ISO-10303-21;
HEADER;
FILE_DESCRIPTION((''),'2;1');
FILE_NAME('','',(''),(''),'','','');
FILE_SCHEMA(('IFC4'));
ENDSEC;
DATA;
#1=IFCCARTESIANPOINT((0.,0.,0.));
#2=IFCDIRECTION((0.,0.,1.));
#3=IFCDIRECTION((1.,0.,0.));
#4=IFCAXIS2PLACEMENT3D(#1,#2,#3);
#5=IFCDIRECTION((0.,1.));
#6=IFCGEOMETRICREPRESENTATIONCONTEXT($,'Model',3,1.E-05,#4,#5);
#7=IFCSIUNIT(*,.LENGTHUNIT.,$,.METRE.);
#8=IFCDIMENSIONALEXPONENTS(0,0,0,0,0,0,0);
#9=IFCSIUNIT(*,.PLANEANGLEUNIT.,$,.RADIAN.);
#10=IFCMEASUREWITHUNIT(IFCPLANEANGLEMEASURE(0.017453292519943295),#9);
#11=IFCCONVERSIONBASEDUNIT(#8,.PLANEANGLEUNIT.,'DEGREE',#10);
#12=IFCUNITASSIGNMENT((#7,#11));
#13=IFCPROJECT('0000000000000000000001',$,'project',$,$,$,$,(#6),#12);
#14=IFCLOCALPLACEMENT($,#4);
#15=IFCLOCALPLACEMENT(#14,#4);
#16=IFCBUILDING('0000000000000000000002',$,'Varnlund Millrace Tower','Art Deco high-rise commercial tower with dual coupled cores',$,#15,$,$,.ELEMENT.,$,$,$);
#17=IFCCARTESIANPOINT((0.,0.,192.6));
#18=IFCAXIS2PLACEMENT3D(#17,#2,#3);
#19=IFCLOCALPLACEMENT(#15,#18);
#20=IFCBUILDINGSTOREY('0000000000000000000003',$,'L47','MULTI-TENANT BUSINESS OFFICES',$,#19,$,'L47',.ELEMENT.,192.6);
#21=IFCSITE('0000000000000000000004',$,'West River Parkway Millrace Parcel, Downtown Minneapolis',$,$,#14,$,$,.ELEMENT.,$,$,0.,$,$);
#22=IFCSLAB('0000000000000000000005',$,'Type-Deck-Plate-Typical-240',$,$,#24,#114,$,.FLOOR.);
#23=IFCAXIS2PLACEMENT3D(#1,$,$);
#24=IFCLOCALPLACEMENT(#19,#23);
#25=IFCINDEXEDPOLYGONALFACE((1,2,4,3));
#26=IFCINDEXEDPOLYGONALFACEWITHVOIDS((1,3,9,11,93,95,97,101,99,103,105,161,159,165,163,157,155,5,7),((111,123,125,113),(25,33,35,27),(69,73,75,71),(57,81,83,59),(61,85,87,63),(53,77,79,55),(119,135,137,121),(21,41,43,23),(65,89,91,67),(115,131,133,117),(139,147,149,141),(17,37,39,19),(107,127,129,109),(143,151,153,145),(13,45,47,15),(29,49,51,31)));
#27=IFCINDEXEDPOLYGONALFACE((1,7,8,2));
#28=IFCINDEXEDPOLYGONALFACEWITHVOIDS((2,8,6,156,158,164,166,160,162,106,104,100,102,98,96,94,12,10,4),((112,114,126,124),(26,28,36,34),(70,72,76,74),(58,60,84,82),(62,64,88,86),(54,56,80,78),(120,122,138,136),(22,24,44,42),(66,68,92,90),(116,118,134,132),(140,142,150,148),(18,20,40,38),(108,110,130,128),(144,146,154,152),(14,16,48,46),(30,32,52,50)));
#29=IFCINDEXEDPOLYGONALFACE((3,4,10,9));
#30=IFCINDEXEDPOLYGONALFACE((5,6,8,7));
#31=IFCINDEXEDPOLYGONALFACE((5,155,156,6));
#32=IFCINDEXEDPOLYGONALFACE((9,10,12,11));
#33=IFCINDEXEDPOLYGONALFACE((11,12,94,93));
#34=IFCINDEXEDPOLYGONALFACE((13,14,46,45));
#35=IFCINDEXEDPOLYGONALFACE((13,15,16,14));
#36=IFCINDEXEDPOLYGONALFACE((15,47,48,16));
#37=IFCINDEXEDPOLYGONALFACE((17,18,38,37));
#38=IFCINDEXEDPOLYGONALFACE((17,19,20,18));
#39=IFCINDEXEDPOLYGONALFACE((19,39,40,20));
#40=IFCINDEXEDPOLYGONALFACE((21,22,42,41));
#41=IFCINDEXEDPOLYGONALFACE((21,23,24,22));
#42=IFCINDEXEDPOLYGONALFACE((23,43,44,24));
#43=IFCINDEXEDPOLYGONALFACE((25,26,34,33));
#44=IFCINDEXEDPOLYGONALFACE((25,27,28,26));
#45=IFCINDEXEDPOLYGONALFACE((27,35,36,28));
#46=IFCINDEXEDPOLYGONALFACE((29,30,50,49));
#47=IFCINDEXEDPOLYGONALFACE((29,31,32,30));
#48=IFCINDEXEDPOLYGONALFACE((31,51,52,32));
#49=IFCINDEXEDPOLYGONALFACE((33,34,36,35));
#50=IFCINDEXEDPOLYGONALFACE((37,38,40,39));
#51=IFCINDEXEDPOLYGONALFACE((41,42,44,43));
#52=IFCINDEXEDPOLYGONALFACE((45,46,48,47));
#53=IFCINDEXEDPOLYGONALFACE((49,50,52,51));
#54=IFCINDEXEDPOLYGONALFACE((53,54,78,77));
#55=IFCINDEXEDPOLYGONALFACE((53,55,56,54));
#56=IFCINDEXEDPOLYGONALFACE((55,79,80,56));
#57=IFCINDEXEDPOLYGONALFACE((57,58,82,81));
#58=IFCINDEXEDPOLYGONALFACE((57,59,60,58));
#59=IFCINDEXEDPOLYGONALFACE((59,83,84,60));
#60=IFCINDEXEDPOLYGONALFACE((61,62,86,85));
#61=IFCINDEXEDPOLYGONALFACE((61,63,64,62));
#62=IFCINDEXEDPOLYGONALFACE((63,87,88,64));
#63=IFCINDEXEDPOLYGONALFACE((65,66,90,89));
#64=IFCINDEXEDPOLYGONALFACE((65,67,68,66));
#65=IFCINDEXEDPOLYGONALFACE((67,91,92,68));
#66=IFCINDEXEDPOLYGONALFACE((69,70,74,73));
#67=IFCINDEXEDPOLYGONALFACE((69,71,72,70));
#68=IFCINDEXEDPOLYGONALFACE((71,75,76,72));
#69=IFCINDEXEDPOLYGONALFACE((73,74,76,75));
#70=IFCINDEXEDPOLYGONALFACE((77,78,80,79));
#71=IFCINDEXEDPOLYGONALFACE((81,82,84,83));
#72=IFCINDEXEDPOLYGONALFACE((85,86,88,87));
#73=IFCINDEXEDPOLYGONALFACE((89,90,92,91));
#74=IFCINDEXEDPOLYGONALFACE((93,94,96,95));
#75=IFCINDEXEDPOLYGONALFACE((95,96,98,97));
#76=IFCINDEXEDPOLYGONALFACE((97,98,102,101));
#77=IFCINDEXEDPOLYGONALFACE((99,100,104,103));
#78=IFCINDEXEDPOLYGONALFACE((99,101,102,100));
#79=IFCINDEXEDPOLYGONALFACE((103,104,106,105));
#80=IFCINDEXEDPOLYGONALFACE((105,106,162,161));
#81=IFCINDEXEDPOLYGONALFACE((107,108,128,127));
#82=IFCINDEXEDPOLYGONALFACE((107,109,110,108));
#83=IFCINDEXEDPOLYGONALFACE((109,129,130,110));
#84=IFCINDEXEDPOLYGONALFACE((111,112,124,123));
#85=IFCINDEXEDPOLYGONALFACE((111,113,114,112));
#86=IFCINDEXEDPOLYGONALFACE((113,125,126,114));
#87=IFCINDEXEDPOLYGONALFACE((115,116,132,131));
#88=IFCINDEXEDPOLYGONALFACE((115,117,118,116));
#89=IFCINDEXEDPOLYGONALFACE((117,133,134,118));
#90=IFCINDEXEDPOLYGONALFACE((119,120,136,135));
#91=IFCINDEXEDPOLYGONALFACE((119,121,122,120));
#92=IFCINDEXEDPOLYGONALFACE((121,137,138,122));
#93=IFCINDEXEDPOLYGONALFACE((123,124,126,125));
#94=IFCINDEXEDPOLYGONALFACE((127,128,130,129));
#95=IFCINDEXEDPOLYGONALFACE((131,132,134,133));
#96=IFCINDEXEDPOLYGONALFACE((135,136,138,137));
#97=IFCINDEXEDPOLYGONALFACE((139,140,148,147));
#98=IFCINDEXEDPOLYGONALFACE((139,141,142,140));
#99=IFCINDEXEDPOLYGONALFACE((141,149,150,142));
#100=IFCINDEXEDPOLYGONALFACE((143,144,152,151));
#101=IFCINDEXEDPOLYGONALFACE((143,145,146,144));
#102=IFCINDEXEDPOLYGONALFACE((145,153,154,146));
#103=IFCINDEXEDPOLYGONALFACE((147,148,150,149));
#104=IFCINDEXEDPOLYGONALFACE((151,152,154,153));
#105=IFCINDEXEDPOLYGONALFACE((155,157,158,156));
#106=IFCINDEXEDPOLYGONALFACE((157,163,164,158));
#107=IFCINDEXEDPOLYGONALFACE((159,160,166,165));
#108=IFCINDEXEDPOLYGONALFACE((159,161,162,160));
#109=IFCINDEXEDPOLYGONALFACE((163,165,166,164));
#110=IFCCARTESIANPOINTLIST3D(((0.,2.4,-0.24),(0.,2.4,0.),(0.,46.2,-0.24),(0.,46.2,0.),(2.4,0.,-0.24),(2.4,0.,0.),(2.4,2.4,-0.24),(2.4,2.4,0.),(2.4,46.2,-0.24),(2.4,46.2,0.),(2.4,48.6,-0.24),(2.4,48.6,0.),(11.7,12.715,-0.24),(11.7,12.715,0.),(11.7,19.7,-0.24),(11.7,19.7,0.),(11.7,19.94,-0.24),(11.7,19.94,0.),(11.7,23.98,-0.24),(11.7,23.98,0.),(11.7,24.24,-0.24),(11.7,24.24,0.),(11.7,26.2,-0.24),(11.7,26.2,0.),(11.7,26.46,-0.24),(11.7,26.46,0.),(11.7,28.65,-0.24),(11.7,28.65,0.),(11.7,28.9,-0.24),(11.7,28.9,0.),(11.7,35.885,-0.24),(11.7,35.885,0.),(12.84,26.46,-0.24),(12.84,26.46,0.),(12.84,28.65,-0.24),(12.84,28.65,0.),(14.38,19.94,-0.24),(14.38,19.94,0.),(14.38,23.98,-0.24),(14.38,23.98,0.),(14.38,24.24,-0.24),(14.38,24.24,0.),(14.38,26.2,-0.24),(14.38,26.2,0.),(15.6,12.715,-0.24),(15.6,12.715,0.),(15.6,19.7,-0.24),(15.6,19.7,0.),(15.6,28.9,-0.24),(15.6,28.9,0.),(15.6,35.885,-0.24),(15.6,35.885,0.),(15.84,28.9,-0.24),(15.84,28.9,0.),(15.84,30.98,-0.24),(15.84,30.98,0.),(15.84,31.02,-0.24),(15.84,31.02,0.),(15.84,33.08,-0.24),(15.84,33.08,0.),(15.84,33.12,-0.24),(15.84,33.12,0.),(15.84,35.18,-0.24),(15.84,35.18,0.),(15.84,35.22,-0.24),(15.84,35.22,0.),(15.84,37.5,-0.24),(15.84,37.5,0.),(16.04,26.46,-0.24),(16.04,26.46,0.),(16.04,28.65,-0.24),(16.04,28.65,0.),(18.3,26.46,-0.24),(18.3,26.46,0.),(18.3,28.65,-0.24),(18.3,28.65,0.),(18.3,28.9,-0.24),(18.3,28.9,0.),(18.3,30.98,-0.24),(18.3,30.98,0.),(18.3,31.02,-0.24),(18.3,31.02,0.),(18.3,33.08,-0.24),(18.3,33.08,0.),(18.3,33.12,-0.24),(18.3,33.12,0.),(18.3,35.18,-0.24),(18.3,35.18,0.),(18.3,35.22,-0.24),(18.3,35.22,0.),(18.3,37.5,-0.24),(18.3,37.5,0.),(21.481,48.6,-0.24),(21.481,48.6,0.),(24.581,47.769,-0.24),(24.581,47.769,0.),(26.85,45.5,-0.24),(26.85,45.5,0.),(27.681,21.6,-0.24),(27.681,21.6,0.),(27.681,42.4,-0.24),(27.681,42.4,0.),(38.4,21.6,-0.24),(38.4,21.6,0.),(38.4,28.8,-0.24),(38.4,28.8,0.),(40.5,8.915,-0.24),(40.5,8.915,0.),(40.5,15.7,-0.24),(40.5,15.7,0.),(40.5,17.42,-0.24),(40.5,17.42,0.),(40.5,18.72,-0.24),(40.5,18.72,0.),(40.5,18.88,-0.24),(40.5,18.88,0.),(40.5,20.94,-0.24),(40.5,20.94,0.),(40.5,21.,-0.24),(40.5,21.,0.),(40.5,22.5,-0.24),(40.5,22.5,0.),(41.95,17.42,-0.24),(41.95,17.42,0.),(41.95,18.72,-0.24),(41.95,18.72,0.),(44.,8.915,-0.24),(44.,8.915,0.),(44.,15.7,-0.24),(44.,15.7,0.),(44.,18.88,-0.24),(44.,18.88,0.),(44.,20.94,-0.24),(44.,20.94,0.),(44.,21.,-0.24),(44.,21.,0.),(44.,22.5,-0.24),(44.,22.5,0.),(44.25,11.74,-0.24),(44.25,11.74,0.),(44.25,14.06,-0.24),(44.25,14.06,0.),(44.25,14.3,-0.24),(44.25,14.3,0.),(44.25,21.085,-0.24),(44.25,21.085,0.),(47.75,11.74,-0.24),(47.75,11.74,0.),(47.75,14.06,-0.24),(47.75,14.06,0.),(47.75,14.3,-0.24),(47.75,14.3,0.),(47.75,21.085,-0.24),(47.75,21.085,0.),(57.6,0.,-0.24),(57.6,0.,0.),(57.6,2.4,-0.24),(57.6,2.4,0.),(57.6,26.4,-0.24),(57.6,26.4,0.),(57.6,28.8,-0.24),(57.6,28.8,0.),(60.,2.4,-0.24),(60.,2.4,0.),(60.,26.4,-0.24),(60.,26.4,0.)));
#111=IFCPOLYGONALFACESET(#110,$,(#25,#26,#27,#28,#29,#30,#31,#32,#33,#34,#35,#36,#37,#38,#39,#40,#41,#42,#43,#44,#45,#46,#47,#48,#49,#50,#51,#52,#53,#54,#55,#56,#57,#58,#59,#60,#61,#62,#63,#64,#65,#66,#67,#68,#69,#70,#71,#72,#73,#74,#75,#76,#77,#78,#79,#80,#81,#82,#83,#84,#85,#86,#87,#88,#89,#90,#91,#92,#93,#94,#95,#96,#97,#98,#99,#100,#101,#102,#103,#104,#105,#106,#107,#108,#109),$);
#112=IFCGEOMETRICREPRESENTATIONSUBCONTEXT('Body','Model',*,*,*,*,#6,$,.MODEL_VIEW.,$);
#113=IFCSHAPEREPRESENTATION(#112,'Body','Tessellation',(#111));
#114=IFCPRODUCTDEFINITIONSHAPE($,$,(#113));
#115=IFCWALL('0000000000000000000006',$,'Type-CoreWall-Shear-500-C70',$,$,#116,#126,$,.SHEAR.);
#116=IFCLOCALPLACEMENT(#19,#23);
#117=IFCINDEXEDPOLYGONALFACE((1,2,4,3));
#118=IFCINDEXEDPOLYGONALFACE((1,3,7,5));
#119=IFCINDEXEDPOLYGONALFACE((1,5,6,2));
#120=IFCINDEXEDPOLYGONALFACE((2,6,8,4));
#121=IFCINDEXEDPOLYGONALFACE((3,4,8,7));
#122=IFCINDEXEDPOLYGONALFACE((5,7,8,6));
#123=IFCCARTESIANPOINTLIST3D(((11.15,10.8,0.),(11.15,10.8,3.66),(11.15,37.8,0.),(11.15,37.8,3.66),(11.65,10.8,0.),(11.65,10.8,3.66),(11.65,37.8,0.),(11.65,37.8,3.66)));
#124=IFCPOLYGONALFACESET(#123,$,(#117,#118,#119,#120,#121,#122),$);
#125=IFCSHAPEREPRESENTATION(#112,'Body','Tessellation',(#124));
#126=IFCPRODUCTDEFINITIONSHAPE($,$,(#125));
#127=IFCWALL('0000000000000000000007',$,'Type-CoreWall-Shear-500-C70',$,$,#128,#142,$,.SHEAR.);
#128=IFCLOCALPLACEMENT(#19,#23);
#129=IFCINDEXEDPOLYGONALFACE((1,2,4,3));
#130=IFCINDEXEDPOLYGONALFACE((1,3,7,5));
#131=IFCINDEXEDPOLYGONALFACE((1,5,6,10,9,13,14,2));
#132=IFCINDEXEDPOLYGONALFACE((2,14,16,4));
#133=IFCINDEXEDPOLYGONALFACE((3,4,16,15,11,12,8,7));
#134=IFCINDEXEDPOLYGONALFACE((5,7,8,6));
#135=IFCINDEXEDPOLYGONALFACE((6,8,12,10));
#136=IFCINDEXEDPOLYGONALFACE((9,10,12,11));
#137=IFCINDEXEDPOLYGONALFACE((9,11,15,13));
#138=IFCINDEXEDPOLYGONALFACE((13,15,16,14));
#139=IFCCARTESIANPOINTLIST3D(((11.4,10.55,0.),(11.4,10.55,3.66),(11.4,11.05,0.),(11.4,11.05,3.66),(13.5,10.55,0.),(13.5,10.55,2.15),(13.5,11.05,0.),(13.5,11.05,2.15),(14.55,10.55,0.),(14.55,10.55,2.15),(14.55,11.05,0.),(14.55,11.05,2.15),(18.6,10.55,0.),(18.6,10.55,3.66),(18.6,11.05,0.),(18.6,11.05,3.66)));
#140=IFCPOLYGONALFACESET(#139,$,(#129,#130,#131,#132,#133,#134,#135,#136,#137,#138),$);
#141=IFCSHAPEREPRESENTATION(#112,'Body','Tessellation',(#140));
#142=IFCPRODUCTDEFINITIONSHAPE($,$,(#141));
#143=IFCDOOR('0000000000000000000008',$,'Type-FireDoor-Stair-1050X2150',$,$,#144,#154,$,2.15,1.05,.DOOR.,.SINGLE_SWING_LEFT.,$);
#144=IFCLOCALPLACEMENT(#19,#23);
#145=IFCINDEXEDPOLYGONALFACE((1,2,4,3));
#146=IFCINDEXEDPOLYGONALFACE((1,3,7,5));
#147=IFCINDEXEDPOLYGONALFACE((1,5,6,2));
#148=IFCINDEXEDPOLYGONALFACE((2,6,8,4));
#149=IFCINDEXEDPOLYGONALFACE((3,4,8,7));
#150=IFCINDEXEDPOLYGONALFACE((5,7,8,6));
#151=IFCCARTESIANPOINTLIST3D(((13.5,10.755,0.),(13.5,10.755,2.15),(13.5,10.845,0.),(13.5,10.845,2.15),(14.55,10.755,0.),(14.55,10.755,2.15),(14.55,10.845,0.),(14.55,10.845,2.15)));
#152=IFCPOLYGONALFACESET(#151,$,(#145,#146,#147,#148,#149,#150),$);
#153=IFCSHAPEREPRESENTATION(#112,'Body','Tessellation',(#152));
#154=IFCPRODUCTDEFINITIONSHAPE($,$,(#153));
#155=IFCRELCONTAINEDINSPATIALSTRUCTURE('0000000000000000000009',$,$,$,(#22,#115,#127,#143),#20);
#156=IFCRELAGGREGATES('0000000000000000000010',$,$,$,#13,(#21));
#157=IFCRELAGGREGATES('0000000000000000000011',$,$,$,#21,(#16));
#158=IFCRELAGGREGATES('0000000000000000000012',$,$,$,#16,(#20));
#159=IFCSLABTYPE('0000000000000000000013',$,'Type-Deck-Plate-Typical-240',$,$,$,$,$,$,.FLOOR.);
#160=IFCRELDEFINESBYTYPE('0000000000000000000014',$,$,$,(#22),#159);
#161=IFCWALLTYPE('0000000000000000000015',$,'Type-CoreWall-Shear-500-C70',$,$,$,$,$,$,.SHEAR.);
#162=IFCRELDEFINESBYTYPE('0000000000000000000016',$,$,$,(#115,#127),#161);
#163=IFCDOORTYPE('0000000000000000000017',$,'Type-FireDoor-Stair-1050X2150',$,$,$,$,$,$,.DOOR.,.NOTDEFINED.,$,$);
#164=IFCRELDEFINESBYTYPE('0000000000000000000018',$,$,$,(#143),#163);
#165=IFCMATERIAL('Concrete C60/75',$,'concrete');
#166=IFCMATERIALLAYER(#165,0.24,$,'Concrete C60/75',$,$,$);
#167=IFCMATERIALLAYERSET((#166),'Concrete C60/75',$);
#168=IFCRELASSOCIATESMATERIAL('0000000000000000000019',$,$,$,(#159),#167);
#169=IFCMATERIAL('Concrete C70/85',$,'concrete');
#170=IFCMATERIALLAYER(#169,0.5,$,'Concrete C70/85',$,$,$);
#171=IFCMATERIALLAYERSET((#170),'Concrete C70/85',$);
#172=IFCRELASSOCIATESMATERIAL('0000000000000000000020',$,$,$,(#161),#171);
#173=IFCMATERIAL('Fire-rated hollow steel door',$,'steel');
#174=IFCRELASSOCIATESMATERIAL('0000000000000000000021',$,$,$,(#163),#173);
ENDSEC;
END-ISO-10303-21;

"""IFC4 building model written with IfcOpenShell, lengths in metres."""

from ifc_helpers import new_model, entity, si_unit, converted_unit, direction, frame, origin_with_axes, origin_2d_with_axis, place, context, subcontext, project, spatial, polyline, rectangle, outline, extrude, material, layer, layer_set, type_object, element, fill, save


model = new_model("IFC4")

# Units and contexts
model_context = context("Model", 3, precision=1e-05, world=origin_with_axes(), true_north=direction((0.0, 1.0)))
body_context = subcontext(model_context, "Body", "Model", "MODEL_VIEW")
ifc_project = project(units=[si_unit("LENGTHUNIT", "METRE"), converted_unit("PLANEANGLEUNIT", "DEGREE", entity("IfcPlaneAngleMeasure", 0.017453292519943295), si_unit("PLANEANGLEUNIT", "RADIAN"), dimensions=[0, 0, 0, 0, 0, 0, 0])], contexts=[model_context])

# Site, building, storey
site_placement = place(None, origin_with_axes())
site = spatial("IfcSite", under=ifc_project, at=site_placement, Name="West River Parkway Millrace Parcel, Downtown Minneapolis", CompositionType="ELEMENT", RefElevation=0.0)
building_placement = place(site_placement, origin_with_axes())
building = spatial("IfcBuilding", under=site, at=building_placement, Name="Varnlund Millrace Tower", Description="Art Deco high-rise commercial tower with dual coupled cores", CompositionType="ELEMENT")
storey_placement = place(building_placement, frame((0.0, 0.0, 192.6), z_axis=(0.0, 0.0, 1.0), x_axis=(1.0, 0.0, 0.0)))
storey = spatial("IfcBuildingStorey", under=building, at=storey_placement, Name="L47", Description="MULTI-TENANT BUSINESS OFFICES", LongName="L47", CompositionType="ELEMENT", Elevation=192.6)

# Slab
ifc_material_1 = material(Name="Concrete C60/75", Category="concrete")
ifc_layer_1 = layer(ifc_material_1, 0.24, Name="Concrete C60/75")
ifc_layer_set_1 = layer_set([ifc_layer_1], Name="Concrete C60/75")
slab_type = type_object("IfcSlabType", Name="Type-Deck-Plate-Typical-240", PredefinedType="FLOOR", material=ifc_layer_set_1)
slab_placement = place(storey_placement, frame((0.0, 0.0, -0.24), z_axis=(0.0, 0.0, 1.0), x_axis=(1.0, 0.0, 0.0)))
element("IfcSlab", 1, at=slab_placement, inside=storey, type_object=slab_type, Name="Type-Deck-Plate-Typical-240", PredefinedType="FLOOR", context=body_context, shape_type="SweptSolid", body=[
    extrude(outline(polyline([(27.681, 21.6), (27.681, 42.4), (26.85, 45.5), (24.581, 47.769), (21.481, 48.6), (2.4, 48.6), (2.4, 46.2), (0.0, 46.2), (0.0, 2.4), (2.4, 2.4), (2.4, 0.0), (57.6, 0.0), (57.6, 2.4), (60.0, 2.4), (60.0, 26.4), (57.6, 26.4), (57.6, 28.8), (38.4, 28.8), (38.4, 21.6), (27.681, 21.6)]), holes=[polyline([(15.6, 12.715), (11.7, 12.715), (11.7, 19.7), (15.6, 19.7), (15.6, 12.715)]), polyline([(14.38, 23.98), (14.38, 19.94), (11.7, 19.94), (11.7, 23.98), (14.38, 23.98)]), polyline([(14.38, 24.24), (11.7, 24.24), (11.7, 26.2), (14.38, 26.2), (14.38, 24.24)]), polyline([(12.84, 26.46), (11.7, 26.46), (11.7, 28.65), (12.84, 28.65), (12.84, 26.46)]), polyline([(18.3, 28.9), (15.84, 28.9), (15.84, 30.98), (18.3, 30.98), (18.3, 28.9)]), polyline([(18.3, 31.02), (15.84, 31.02), (15.84, 33.08), (18.3, 33.08), (18.3, 31.02)]), polyline([(15.6, 28.9), (11.7, 28.9), (11.7, 35.885), (15.6, 35.885), (15.6, 28.9)]), polyline([(18.3, 33.12), (15.84, 33.12), (15.84, 35.18), (18.3, 35.18), (18.3, 33.12)]), polyline([(44.0, 8.915), (40.5, 8.915), (40.5, 15.7), (44.0, 15.7), (44.0, 8.915)]), polyline([(47.75, 11.74), (44.25, 11.74), (44.25, 14.06), (47.75, 14.06), (47.75, 11.74)]), polyline([(47.75, 14.3), (44.25, 14.3), (44.25, 21.085), (47.75, 21.085), (47.75, 14.3)]), polyline([(41.95, 17.42), (40.5, 17.42), (40.5, 18.72), (41.95, 18.72), (41.95, 17.42)]), polyline([(44.0, 18.88), (40.5, 18.88), (40.5, 20.94), (44.0, 20.94), (44.0, 18.88)]), polyline([(44.0, 21.0), (40.5, 21.0), (40.5, 22.5), (44.0, 22.5), (44.0, 21.0)]), polyline([(16.04, 26.46), (16.04, 28.65), (18.3, 28.65), (18.3, 26.46), (16.04, 26.46)]), polyline([(15.84, 35.22), (15.84, 37.5), (18.3, 37.5), (18.3, 35.22), (15.84, 35.22)])]), origin_with_axes(), (0.0, 0.0, 1.0), 0.24),
])

# Wall
ifc_material_2 = material(Name="Concrete C70/85", Category="concrete")
ifc_layer_2 = layer(ifc_material_2, 0.5, Name="Concrete C70/85")
ifc_layer_set_2 = layer_set([ifc_layer_2], Name="Concrete C70/85")
wall_type_1 = type_object("IfcWallType", Name="Type-CoreWall-Shear-500-C70", PredefinedType="SHEAR", material=ifc_layer_set_2)
wall_1_placement = place(storey_placement, frame((11.4, 10.8, 0.0), z_axis=(0.0, 0.0, 1.0), x_axis=(0.0, 1.0, 0.0)))
element("IfcWall", 2, at=wall_1_placement, inside=storey, type_object=wall_type_1, Name="Type-CoreWall-Shear-500-C70", PredefinedType="SHEAR", context=body_context, shape_type="SweptSolid", body=[
    extrude(outline(polyline([(0.0, -0.25), (27.0, -0.25), (27.0, 0.25), (0.0, 0.25), (0.0, -0.25)])), origin_with_axes(), (0.0, 0.0, 1.0), 3.66),
])

# Wall, opening, door
wall_2_placement = place(storey_placement, frame((11.4, 10.8, 0.0), z_axis=(0.0, 0.0, 1.0), x_axis=(1.0, 0.0, 0.0)))
wall_2 = element("IfcWall", 3, at=wall_2_placement, inside=storey, type_object=wall_type_1, Name="Type-CoreWall-Shear-500-C70", PredefinedType="SHEAR", context=body_context, shape_type="SweptSolid", body=[
    extrude(outline(polyline([(0.0, -0.25), (7.2, -0.25), (7.2, 0.25), (0.0, 0.25), (0.0, -0.25)])), origin_with_axes(), (0.0, 0.0, 1.0), 3.66),
])
opening_1_placement = place(wall_2_placement, frame((2.625, 0.0, 0.0), z_axis=(0.0, 0.0, 1.0), x_axis=(1.0, 0.0, 0.0)))
opening_1 = element("IfcOpeningElement", 4, at=opening_1_placement, cuts=wall_2, PredefinedType="OPENING", context=body_context, shape_type="SweptSolid", body=[
    extrude(rectangle(XDim=1.05, YDim=0.52, at=origin_2d_with_axis()), origin_with_axes(), (0.0, 0.0, 1.0), 2.15),
])
ifc_material_3 = material(Name="Fire-rated hollow steel door", Category="steel")
door_type_1 = type_object("IfcDoorType", Name="Type-FireDoor-Stair-1050X2150", OperationType="NOTDEFINED", PredefinedType="DOOR", material=ifc_material_3)
door_1_placement = place(wall_2_placement, frame((2.625, 0.0, 0.0), z_axis=(0.0, 0.0, 1.0), x_axis=(1.0, 0.0, 0.0)))
door_1 = element("IfcDoor", 5, at=door_1_placement, inside=storey, type_object=door_type_1, Name="Type-FireDoor-Stair-1050X2150", OperationType="SINGLE_SWING_LEFT", OverallHeight=2.15, OverallWidth=1.05, PredefinedType="DOOR", context=body_context, shape_type="SweptSolid", body=[
    extrude(rectangle(XDim=1.05, YDim=0.09, at=origin_2d_with_axis()), origin_with_axes(), (0.0, 0.0, 1.0), 2.15),
])
fill(opening_1, door_1)

save(model, "model.ifc")
